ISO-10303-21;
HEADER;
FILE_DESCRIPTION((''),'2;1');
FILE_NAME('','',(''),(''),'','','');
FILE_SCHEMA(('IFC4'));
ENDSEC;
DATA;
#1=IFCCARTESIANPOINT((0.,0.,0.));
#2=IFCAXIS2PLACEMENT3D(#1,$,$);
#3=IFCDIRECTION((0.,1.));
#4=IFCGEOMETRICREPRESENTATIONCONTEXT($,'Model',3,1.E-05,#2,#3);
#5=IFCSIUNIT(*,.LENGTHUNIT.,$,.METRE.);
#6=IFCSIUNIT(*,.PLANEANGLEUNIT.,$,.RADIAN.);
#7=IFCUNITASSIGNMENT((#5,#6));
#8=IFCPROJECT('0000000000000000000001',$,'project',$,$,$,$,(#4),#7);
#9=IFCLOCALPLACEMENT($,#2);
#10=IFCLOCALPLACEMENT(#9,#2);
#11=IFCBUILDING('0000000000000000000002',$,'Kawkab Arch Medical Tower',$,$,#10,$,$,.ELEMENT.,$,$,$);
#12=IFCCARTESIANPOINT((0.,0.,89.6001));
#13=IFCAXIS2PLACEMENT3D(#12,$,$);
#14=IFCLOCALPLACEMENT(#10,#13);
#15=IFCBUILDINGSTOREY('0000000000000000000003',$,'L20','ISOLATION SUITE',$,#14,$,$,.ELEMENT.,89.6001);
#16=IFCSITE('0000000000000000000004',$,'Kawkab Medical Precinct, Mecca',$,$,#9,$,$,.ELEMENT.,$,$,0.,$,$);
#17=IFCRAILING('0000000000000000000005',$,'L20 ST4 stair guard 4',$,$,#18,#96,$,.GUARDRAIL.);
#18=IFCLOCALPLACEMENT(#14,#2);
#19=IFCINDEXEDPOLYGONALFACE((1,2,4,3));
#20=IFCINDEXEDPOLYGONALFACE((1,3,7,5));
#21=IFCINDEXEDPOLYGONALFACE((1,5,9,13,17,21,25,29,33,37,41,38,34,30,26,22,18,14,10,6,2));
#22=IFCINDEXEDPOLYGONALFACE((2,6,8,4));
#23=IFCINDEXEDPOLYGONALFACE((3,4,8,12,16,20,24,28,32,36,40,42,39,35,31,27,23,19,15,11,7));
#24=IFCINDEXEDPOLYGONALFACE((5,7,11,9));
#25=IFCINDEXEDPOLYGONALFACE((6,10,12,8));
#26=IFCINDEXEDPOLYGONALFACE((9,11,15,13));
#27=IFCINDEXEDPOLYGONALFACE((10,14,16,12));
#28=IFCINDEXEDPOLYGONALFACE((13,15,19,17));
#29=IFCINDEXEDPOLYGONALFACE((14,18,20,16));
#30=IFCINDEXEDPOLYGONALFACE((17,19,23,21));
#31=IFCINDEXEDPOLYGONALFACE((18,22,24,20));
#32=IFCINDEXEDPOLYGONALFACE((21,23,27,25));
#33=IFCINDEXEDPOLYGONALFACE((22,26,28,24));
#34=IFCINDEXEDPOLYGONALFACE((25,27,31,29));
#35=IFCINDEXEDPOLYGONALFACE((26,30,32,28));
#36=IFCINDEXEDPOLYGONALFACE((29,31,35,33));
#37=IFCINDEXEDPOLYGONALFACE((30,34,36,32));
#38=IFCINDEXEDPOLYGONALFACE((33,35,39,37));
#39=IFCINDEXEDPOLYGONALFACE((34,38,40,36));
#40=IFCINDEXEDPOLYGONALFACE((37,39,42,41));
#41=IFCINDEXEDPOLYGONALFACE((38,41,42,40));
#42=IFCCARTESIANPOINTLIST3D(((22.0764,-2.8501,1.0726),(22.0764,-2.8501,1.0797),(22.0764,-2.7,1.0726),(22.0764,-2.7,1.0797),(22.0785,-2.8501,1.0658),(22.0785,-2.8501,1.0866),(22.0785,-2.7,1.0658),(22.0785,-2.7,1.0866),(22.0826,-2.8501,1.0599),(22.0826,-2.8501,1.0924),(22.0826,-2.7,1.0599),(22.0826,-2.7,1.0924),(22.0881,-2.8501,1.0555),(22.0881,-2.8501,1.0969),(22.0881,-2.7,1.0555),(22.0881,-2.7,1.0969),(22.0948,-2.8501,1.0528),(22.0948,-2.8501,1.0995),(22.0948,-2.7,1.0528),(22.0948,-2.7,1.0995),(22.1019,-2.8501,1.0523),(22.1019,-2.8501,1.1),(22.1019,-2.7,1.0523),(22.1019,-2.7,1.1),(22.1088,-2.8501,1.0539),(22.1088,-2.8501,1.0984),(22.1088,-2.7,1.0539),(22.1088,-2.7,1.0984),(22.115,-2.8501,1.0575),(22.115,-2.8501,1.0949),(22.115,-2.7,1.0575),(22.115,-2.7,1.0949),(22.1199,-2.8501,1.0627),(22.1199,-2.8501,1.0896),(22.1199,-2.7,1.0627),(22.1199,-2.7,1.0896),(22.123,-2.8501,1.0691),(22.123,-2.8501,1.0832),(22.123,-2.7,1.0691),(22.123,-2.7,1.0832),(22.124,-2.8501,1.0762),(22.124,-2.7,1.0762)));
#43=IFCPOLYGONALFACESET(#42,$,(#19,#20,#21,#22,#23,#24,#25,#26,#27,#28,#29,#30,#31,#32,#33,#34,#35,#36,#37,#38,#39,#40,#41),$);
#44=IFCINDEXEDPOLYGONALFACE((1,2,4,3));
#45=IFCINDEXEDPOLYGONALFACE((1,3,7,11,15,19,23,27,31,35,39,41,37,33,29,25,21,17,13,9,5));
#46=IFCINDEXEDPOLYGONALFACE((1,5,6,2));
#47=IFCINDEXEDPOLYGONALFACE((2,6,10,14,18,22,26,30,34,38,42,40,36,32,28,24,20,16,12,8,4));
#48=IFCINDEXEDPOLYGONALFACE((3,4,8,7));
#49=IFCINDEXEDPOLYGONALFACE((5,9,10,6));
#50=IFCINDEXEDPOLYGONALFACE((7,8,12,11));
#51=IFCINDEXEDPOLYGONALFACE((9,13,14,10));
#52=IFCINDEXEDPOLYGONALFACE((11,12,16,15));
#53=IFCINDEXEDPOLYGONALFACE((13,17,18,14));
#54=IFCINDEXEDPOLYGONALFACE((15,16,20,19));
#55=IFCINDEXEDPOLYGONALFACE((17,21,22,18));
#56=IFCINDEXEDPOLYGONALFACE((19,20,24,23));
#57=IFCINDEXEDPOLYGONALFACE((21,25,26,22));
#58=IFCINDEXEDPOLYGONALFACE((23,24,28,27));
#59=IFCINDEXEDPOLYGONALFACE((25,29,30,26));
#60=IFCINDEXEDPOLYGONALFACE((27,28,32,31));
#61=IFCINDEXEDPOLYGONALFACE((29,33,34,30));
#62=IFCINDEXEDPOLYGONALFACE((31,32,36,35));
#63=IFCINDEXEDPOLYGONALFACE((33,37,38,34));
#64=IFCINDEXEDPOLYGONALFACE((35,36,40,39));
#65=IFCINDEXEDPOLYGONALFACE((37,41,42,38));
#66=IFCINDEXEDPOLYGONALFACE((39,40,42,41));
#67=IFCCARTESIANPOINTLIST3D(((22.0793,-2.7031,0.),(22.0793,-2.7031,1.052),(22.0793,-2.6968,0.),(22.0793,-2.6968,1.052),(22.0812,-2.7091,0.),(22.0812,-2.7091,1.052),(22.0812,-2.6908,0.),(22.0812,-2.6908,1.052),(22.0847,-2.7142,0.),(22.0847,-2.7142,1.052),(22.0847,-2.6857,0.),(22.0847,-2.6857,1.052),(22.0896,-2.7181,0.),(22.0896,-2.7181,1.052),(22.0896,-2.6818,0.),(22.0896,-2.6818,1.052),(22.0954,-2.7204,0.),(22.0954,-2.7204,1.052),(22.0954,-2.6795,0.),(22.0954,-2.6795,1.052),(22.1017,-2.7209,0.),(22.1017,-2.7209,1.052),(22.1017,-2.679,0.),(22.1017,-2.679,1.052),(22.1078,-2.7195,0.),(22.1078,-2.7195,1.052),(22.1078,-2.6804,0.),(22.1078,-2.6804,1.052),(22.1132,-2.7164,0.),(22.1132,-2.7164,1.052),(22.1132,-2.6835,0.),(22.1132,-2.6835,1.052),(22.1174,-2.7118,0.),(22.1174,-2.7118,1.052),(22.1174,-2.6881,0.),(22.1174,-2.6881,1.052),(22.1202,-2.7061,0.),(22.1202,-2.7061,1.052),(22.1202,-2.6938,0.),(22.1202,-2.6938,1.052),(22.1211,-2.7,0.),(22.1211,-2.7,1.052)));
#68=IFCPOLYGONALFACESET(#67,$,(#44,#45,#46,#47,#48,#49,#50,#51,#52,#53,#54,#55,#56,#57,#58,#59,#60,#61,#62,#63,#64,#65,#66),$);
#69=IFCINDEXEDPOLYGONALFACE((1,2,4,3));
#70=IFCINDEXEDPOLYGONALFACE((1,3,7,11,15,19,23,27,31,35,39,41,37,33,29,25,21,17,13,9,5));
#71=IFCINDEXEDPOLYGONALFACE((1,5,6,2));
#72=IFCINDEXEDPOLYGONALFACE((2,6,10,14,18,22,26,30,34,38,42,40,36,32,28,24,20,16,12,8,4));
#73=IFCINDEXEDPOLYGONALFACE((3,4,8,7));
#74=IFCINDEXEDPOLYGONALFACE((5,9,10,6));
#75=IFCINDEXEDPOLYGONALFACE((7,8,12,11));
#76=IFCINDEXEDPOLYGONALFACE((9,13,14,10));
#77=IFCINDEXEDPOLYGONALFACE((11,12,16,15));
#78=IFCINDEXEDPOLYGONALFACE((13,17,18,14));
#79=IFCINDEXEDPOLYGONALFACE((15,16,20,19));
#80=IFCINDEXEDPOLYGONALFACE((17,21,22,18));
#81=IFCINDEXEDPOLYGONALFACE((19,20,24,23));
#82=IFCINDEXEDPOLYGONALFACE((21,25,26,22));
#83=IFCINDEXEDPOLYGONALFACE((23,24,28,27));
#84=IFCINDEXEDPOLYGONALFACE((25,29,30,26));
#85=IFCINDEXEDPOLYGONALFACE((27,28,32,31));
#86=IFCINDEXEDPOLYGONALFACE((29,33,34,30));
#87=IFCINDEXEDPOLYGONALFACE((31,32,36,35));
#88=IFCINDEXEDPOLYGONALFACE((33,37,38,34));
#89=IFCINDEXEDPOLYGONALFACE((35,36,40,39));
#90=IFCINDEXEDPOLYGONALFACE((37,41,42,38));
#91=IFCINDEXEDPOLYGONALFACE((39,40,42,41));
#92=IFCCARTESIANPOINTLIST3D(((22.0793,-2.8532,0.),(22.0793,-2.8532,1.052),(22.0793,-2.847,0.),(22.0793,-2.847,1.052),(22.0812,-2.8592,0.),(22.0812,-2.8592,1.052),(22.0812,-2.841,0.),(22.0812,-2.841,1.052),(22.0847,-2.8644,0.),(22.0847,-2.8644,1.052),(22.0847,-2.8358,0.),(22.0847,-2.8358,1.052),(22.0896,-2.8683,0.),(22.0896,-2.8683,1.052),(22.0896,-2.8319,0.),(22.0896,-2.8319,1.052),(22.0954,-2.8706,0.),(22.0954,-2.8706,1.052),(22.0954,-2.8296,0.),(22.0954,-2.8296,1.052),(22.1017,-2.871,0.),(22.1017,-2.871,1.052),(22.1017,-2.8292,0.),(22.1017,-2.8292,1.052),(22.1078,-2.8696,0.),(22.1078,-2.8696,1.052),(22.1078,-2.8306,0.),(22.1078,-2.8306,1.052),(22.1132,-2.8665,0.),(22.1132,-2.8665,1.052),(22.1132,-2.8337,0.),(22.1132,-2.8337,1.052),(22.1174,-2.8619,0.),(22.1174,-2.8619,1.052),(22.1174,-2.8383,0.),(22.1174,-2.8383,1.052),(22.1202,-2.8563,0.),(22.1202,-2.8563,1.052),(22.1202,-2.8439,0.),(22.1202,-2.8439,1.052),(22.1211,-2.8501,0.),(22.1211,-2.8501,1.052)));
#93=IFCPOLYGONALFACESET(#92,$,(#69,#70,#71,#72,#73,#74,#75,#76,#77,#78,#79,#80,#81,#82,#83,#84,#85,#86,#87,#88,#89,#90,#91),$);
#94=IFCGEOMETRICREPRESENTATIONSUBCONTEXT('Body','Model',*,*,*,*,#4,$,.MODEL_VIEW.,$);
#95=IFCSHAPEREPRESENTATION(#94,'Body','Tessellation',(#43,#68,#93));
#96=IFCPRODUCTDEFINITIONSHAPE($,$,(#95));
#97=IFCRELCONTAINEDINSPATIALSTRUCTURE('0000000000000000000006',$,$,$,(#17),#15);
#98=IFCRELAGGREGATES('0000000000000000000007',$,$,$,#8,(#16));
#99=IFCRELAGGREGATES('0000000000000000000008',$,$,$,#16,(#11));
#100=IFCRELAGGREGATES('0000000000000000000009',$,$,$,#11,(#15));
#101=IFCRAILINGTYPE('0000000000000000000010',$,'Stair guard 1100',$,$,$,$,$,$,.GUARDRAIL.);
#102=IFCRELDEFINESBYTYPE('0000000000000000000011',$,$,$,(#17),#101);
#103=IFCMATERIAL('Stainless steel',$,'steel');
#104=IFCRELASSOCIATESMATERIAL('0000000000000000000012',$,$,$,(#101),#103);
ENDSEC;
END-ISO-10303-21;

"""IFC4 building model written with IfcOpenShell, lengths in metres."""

from ifc_helpers import new_model, si_unit, direction, frame, origin, origin_2d, place, context, subcontext, project, spatial, circle, extrude, material, type_object, element, save


model = new_model("IFC4")

# Units and contexts
model_context = context("Model", 3, precision=1e-05, world=origin(), true_north=direction((0.0, 1.0)))
body_context = subcontext(model_context, "Body", "Model", "MODEL_VIEW")
ifc_project = project(units=[si_unit("LENGTHUNIT", "METRE"), si_unit("PLANEANGLEUNIT", "RADIAN")], contexts=[model_context])

# Site, building, storey
site_placement = place(None, origin())
site = spatial("IfcSite", under=ifc_project, at=site_placement, Name="Kawkab Medical Precinct, Mecca", CompositionType="ELEMENT", RefElevation=0.0)
building_placement = place(site_placement, origin())
building = spatial("IfcBuilding", under=site, at=building_placement, Name="Kawkab Arch Medical Tower", CompositionType="ELEMENT")
storey_placement = place(building_placement, frame((0.0, 0.0, 89.6001)))
storey = spatial("IfcBuildingStorey", under=building, at=storey_placement, Name="L20", Description="ISOLATION SUITE", CompositionType="ELEMENT", Elevation=89.6001)

# Railing
ifc_material_1 = material(Name="Stainless steel", Category="steel")
railing_type = type_object("IfcRailingType", Name="Stair guard 1100", PredefinedType="GUARDRAIL", material=ifc_material_1)
railing_placement = place(storey_placement, frame((22.1001, -2.7, 0.0)))
element("IfcRailing", 1, at=railing_placement, inside=storey, type_object=railing_type, Name="L20 ST4 stair guard 4", PredefinedType="GUARDRAIL", context=body_context, shape_type="SweptSolid", body=[
    extrude(circle(Radius=0.0239, at=origin_2d()), frame((0.0, 0.0, 1.0762), z_axis=(0.0, -1.0, 0.0), x_axis=(1.0, 0.0, 0.0)), (0.0, 0.0, 1.0), 0.1501),
    extrude(circle(Radius=0.021, at=origin_2d()), origin(), (0.0, 0.0, 1.0), 1.052),
    extrude(circle(Radius=0.021, at=origin_2d()), frame((0.0, -0.1501, 0.0)), (0.0, 0.0, 1.0), 1.052),
])

save(model, "model.ifc")
